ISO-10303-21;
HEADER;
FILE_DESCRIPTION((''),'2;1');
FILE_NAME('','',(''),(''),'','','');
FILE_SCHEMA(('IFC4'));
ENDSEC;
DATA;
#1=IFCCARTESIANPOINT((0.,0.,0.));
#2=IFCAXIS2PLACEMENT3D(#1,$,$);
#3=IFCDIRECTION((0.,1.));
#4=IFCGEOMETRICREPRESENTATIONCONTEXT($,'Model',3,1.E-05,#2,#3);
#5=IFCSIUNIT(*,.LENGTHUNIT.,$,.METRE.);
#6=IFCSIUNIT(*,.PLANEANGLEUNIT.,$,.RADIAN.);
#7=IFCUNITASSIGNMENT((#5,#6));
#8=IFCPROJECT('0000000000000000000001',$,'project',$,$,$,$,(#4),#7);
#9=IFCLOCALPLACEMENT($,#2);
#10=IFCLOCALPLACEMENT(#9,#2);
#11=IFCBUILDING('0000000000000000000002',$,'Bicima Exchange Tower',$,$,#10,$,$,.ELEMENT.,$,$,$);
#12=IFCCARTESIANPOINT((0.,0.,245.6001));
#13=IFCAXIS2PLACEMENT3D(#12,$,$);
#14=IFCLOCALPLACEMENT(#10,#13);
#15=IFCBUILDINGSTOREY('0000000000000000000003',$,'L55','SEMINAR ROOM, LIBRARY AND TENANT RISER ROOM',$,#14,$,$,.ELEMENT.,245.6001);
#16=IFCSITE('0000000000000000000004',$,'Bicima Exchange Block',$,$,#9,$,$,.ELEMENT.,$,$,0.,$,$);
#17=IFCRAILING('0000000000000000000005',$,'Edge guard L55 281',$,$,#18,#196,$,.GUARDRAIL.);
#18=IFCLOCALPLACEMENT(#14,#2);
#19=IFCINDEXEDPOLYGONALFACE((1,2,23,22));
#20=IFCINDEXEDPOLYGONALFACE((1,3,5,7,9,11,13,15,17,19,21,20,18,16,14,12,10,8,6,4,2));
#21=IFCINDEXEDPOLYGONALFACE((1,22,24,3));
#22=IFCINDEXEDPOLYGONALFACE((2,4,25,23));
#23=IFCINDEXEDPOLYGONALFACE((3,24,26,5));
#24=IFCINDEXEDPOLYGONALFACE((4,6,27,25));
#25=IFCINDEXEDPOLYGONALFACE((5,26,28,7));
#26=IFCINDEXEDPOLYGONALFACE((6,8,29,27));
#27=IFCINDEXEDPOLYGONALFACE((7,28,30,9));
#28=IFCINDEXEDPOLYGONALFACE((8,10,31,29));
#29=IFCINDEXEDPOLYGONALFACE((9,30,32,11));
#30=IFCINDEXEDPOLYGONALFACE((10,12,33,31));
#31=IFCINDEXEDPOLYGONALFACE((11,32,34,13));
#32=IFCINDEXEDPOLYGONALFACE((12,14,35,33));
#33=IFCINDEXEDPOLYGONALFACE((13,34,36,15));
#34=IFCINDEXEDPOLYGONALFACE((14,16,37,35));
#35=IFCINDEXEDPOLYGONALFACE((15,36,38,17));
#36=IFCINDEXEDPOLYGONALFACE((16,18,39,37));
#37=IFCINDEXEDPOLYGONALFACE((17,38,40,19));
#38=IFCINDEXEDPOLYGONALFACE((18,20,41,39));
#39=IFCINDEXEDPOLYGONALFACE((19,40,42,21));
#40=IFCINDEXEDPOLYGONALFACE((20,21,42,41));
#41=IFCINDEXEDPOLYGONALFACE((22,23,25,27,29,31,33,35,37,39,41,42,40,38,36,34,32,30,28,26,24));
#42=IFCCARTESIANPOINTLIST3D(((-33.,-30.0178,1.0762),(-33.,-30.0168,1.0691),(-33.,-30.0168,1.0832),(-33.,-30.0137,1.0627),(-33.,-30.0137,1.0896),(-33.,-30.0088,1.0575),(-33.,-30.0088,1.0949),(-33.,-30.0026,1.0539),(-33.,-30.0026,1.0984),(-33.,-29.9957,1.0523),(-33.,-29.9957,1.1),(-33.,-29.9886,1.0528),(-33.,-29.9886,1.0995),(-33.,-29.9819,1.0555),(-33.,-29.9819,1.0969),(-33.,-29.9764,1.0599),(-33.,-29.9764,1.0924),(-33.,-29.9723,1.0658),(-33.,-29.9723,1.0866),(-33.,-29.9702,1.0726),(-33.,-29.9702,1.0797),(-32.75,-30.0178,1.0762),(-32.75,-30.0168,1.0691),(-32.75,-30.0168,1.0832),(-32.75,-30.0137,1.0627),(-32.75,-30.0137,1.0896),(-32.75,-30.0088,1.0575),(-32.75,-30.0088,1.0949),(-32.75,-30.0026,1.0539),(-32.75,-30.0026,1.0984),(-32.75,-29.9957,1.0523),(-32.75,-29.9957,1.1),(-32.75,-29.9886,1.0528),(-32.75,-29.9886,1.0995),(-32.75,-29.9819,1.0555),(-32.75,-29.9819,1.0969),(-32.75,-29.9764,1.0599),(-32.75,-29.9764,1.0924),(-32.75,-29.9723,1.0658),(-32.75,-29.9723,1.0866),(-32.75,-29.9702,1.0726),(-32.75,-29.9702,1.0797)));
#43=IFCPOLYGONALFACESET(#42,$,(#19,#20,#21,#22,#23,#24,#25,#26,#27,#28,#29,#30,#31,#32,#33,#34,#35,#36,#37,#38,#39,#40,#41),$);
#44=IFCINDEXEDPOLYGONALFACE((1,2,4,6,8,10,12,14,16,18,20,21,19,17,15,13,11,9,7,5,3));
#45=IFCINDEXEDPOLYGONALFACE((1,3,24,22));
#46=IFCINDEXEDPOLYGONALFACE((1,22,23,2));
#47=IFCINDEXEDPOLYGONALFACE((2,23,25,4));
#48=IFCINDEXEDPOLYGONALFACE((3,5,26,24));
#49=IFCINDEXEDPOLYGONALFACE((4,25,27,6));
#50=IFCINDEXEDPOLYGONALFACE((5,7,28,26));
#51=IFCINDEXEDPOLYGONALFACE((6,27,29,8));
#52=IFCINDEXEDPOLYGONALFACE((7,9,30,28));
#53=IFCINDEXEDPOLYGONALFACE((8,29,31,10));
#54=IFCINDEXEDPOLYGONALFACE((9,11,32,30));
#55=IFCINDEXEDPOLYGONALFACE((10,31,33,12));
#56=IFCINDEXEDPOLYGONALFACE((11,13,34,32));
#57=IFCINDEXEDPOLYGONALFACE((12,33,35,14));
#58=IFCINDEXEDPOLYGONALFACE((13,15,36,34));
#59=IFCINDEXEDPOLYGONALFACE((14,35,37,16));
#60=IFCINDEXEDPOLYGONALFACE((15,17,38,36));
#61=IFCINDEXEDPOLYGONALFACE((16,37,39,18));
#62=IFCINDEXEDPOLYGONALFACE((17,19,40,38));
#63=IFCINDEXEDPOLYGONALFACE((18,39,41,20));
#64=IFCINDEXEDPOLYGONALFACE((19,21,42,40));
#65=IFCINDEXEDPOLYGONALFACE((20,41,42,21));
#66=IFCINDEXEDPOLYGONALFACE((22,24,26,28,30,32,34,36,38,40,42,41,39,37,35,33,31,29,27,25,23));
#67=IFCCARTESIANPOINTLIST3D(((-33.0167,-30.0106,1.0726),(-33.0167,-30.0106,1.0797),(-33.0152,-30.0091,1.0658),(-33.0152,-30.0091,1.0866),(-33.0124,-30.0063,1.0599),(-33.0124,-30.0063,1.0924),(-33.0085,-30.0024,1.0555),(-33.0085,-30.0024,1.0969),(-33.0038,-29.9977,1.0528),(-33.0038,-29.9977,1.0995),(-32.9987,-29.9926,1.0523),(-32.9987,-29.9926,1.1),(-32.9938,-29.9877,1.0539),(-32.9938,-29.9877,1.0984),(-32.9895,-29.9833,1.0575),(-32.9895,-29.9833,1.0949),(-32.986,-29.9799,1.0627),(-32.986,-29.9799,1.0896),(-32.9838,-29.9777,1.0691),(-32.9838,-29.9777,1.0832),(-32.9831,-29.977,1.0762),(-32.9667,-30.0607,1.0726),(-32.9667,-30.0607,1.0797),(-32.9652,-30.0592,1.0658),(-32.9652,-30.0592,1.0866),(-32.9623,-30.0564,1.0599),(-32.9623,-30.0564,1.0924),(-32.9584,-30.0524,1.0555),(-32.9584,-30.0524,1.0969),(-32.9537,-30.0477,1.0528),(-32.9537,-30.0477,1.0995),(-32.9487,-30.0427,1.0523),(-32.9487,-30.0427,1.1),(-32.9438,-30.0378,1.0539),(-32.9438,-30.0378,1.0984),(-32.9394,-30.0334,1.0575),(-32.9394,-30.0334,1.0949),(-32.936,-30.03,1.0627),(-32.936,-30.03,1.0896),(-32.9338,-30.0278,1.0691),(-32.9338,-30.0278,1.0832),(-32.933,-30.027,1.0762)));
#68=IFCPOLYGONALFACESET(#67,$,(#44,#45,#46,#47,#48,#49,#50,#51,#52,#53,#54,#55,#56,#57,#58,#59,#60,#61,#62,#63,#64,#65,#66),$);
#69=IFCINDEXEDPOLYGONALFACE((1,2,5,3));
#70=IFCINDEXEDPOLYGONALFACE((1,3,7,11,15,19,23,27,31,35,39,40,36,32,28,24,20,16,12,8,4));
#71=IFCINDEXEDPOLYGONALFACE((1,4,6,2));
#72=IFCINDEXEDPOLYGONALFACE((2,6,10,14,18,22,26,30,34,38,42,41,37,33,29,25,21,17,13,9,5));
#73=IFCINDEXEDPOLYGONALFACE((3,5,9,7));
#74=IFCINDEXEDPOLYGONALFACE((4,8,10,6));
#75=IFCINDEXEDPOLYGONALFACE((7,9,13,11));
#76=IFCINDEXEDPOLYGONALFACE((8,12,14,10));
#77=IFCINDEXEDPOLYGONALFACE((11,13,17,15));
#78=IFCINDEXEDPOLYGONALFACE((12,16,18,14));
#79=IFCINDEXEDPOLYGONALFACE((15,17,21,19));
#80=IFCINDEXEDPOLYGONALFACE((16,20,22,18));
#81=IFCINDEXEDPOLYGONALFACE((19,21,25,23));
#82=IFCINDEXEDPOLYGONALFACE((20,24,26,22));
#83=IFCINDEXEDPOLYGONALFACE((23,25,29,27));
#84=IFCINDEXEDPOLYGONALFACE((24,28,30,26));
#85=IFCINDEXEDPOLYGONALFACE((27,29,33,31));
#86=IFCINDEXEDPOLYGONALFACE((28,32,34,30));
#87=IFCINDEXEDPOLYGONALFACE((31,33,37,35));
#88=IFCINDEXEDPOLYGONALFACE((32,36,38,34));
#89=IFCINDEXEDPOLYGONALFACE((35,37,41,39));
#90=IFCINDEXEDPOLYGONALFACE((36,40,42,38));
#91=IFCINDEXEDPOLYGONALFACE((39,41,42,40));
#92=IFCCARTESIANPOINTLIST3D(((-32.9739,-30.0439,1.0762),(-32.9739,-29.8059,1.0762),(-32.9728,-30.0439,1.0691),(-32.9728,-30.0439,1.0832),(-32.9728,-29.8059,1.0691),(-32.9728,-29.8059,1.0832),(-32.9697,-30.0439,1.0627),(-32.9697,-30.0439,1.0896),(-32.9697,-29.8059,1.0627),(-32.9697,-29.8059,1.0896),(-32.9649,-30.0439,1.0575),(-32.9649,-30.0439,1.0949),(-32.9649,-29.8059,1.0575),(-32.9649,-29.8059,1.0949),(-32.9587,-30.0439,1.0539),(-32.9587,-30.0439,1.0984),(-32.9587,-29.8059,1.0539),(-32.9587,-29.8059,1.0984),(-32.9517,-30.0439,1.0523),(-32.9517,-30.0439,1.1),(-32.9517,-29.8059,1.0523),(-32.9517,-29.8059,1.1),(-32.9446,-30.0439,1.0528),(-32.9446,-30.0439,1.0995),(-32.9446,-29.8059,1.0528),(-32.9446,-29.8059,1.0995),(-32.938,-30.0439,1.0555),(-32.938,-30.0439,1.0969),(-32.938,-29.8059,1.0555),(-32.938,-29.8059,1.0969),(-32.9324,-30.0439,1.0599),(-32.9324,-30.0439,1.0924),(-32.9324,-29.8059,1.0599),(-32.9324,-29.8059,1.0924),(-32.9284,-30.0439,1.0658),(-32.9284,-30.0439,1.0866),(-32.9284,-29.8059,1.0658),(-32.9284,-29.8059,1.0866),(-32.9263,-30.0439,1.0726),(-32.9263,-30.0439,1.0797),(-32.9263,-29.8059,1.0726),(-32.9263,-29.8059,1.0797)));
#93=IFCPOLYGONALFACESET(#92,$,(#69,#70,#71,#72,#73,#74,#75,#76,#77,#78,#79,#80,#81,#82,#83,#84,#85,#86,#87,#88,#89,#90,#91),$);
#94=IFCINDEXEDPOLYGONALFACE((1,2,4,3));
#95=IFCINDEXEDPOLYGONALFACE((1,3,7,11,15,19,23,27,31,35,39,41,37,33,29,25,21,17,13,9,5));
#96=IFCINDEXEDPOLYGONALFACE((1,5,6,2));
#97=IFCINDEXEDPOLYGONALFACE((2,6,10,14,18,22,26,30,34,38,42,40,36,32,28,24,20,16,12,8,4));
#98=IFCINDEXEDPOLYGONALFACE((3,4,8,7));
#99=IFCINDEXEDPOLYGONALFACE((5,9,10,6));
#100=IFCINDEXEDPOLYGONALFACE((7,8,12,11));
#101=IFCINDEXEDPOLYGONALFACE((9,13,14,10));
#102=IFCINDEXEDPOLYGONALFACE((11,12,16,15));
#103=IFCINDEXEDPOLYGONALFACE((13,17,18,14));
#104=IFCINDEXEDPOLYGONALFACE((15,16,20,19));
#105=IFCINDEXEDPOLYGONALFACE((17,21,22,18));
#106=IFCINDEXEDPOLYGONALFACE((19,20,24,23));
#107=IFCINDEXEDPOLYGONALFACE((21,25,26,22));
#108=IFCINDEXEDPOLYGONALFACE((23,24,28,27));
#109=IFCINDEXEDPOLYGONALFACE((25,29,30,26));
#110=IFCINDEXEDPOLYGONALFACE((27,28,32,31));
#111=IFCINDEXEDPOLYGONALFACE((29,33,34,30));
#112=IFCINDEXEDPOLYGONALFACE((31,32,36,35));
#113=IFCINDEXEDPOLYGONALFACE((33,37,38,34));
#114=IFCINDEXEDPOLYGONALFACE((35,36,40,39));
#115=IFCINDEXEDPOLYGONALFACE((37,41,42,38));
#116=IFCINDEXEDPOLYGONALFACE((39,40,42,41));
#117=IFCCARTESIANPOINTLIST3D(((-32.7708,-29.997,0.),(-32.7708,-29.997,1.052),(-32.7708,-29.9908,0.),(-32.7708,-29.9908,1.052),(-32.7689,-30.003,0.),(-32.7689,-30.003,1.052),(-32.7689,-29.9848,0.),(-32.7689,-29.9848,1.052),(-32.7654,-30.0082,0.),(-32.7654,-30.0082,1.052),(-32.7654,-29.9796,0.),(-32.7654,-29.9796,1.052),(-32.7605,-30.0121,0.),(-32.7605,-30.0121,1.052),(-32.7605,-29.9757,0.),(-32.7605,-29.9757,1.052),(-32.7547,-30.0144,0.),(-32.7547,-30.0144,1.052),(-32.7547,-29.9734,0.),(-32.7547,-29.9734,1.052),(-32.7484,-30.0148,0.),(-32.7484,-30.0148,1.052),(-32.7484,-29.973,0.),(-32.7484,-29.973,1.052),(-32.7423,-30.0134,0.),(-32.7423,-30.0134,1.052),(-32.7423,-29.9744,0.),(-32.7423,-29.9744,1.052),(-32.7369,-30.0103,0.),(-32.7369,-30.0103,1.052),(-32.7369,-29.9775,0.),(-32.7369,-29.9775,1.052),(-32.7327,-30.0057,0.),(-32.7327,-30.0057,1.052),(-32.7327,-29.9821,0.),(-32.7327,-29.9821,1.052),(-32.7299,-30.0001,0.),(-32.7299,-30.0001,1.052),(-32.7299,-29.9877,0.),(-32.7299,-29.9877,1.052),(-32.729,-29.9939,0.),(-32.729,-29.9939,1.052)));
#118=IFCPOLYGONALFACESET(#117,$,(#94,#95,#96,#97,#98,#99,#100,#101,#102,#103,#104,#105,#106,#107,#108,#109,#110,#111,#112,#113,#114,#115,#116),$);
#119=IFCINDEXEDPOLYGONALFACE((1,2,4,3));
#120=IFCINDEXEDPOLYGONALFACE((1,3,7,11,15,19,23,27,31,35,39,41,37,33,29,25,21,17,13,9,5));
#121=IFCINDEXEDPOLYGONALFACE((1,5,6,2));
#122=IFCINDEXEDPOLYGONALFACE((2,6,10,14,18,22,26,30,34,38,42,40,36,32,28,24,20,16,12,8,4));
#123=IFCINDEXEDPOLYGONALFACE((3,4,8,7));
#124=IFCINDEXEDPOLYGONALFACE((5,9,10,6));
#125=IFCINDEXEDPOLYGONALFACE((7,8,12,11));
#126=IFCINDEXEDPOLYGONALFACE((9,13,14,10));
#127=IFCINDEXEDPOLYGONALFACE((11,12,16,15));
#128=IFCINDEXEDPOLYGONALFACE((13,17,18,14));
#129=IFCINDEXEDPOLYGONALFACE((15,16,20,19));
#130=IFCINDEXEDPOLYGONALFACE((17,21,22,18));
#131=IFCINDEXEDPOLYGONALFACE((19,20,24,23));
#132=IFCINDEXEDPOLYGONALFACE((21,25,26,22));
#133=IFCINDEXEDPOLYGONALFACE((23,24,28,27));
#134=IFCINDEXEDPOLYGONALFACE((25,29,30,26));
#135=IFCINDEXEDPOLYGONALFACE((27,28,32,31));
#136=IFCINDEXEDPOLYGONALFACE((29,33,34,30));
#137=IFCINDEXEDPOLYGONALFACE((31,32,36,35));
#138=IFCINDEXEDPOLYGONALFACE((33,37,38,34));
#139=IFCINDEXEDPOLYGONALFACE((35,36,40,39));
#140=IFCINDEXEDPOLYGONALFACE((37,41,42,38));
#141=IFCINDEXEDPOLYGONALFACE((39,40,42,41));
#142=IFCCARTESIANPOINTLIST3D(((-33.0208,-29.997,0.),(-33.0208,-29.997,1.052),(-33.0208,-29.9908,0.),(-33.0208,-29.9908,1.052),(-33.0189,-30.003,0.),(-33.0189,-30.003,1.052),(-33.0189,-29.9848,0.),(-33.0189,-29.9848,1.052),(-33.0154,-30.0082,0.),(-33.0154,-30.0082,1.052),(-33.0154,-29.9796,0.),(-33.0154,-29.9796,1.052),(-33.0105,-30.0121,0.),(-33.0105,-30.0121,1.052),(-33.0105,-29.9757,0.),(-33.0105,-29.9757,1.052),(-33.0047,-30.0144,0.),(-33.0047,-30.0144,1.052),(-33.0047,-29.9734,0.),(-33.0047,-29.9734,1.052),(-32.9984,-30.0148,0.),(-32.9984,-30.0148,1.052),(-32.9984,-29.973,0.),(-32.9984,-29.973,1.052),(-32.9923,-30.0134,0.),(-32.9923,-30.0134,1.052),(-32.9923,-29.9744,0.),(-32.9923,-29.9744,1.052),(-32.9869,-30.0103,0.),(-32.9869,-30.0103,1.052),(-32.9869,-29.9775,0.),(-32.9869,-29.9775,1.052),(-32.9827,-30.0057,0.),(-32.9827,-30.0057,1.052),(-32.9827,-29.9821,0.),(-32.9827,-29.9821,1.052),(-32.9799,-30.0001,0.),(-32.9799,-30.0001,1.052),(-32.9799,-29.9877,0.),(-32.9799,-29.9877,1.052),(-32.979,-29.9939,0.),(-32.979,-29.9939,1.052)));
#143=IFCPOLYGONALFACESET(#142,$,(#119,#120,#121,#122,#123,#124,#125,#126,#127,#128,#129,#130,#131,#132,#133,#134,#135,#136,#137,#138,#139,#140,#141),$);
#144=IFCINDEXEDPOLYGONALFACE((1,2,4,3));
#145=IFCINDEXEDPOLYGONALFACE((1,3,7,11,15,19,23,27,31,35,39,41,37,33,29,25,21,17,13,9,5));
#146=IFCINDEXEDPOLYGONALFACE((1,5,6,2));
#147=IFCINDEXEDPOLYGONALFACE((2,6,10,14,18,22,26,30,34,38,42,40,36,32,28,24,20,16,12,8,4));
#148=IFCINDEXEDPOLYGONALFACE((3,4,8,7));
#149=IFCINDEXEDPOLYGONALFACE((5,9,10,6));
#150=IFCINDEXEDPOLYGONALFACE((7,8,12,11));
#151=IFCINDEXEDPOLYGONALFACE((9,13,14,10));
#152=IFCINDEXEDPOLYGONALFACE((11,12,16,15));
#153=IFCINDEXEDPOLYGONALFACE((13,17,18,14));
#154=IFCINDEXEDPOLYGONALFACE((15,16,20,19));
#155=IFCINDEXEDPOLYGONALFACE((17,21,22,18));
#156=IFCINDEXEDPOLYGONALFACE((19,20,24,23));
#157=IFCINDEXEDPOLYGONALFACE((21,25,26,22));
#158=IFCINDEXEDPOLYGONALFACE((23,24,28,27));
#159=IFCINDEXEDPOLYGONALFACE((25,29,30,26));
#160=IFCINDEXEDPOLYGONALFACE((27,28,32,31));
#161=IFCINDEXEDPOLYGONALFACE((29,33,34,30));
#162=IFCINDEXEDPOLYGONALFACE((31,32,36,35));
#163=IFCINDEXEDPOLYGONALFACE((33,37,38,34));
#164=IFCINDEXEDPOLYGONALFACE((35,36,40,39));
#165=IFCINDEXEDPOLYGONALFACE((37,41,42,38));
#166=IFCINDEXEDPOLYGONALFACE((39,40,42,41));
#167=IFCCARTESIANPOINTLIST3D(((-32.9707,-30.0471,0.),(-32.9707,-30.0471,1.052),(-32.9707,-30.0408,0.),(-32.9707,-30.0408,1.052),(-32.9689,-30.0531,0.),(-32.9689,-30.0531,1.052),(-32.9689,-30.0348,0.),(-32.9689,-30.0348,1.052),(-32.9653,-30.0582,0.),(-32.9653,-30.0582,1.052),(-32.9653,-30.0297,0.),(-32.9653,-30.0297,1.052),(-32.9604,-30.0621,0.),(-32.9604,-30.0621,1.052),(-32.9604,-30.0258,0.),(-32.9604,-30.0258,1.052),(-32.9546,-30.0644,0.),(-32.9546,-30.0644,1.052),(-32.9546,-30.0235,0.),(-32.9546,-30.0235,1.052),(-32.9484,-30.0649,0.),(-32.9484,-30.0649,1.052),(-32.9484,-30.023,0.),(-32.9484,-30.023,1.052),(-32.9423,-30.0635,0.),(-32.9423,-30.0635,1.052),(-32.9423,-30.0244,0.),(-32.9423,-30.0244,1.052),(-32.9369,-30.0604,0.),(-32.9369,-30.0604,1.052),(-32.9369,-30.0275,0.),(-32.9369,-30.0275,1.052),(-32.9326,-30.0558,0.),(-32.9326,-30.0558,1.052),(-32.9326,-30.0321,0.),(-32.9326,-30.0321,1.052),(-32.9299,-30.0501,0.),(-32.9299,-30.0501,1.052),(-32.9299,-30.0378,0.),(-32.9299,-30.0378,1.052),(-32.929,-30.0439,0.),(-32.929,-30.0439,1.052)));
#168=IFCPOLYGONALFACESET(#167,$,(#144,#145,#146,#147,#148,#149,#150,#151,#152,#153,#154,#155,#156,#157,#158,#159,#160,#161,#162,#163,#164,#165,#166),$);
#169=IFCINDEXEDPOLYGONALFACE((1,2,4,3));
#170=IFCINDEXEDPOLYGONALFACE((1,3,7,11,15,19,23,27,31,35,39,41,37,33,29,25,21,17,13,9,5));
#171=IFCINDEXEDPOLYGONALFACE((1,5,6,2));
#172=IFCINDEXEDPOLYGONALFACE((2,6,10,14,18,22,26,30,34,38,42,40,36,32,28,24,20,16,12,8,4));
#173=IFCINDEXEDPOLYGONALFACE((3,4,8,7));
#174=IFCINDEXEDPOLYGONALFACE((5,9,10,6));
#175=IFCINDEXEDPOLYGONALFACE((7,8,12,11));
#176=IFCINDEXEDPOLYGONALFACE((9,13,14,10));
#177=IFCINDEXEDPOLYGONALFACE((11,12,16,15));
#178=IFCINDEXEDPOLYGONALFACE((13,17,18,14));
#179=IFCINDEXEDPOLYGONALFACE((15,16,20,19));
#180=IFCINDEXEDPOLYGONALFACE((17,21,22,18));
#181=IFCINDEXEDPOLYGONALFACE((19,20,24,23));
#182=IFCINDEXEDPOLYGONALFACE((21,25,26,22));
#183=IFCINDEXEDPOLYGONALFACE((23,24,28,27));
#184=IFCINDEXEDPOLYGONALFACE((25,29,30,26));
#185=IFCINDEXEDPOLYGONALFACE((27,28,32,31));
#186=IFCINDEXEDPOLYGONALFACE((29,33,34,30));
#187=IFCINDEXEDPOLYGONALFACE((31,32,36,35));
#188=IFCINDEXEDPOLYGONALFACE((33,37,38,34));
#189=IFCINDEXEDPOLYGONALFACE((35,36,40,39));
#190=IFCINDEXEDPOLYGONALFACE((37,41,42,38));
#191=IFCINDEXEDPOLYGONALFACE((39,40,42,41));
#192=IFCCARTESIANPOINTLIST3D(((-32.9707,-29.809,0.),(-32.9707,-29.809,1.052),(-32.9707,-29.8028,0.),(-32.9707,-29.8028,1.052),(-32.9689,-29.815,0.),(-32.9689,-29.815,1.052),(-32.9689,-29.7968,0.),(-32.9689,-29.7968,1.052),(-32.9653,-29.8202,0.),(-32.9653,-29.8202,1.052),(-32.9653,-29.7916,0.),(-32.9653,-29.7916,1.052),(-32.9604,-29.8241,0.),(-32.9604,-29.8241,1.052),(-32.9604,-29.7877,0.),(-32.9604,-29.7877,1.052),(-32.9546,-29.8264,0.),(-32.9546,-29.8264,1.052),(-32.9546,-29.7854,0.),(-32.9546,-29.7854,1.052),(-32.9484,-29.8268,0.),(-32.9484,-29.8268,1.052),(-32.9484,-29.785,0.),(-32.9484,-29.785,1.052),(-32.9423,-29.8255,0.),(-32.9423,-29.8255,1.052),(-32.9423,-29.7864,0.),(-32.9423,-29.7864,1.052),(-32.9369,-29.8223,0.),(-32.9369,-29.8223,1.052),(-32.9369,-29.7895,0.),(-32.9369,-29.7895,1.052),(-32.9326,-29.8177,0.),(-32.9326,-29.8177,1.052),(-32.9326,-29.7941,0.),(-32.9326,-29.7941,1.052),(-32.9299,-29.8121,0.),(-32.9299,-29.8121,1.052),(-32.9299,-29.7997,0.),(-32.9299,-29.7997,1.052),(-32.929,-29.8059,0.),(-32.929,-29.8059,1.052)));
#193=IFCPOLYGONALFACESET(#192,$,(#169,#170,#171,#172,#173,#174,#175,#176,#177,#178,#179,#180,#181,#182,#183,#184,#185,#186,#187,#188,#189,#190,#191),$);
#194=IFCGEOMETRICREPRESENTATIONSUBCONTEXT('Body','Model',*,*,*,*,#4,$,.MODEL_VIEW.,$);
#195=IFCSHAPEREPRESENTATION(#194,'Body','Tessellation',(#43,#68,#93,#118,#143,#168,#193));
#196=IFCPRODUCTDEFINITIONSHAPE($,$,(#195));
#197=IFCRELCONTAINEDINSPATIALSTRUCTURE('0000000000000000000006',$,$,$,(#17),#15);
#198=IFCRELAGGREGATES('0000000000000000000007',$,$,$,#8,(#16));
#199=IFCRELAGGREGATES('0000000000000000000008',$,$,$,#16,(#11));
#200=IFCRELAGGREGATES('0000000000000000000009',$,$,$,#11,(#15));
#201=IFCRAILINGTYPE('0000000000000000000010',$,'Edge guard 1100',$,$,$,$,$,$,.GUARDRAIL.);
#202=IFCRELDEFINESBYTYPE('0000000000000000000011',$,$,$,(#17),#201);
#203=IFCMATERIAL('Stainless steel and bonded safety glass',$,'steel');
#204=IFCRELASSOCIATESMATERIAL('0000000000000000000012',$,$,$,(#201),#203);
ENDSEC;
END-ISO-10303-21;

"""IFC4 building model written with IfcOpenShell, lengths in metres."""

from ifc_helpers import new_model, si_unit, direction, frame, origin, origin_2d, place, context, subcontext, project, spatial, circle, extrude, material, type_object, element, save


model = new_model("IFC4")

# Units and contexts
model_context = context("Model", 3, precision=1e-05, world=origin(), true_north=direction((0.0, 1.0)))
body_context = subcontext(model_context, "Body", "Model", "MODEL_VIEW")
ifc_project = project(units=[si_unit("LENGTHUNIT", "METRE"), si_unit("PLANEANGLEUNIT", "RADIAN")], contexts=[model_context])

# Site, building, storey
site_placement = place(None, origin())
site = spatial("IfcSite", under=ifc_project, at=site_placement, Name="Bicima Exchange Block", CompositionType="ELEMENT", RefElevation=0.0)
building_placement = place(site_placement, origin())
building = spatial("IfcBuilding", under=site, at=building_placement, Name="Bicima Exchange Tower", CompositionType="ELEMENT")
storey_placement = place(building_placement, frame((0.0, 0.0, 245.6001)))
storey = spatial("IfcBuildingStorey", under=building, at=storey_placement, Name="L55", Description="SEMINAR ROOM, LIBRARY AND TENANT RISER ROOM", CompositionType="ELEMENT", Elevation=245.6001)

# Railing
ifc_material_1 = material(Name="Stainless steel and bonded safety glass", Category="steel")
railing_type = type_object("IfcRailingType", Name="Edge guard 1100", PredefinedType="GUARDRAIL", material=ifc_material_1)
railing_1_placement = place(storey_placement, frame((-32.75, -29.9939, 0.0)))
element("IfcRailing", 1, at=railing_1_placement, inside=storey, type_object=railing_type, Name="Edge guard L55 281", PredefinedType="GUARDRAIL", context=body_context, shape_type="SweptSolid", body=[
    extrude(circle(Radius=0.0239, at=origin_2d()), frame((0.0, 0.0, 1.0762), z_axis=(-1.0, 0.0, 0.0), x_axis=(0.0, -1.0, 0.0)), (0.0, 0.0, 1.0), 0.25),
    extrude(circle(Radius=0.0239, at=origin_2d()), frame((-0.25, 0.0, 1.0762), z_axis=(0.707107, -0.707107, 0.0), x_axis=(0.707107, 0.707107, 0.0)), (0.0, 0.0, 1.0), 0.0708),
    extrude(circle(Radius=0.0239, at=origin_2d()), frame((-0.2, -0.05, 1.0762), z_axis=(0.0, 1.0, 0.0), x_axis=(-1.0, 0.0, 0.0)), (0.0, 0.0, 1.0), 0.238),
    extrude(circle(Radius=0.021, at=origin_2d()), origin(), (0.0, 0.0, 1.0), 1.052),
    extrude(circle(Radius=0.021, at=origin_2d()), frame((-0.25, 0.0, 0.0)), (0.0, 0.0, 1.0), 1.052),
    extrude(circle(Radius=0.021, at=origin_2d()), frame((-0.2, -0.05, 0.0)), (0.0, 0.0, 1.0), 1.052),
    extrude(circle(Radius=0.021, at=origin_2d()), frame((-0.2, 0.188, 0.0)), (0.0, 0.0, 1.0), 1.052),
])

save(model, "model.ifc")
